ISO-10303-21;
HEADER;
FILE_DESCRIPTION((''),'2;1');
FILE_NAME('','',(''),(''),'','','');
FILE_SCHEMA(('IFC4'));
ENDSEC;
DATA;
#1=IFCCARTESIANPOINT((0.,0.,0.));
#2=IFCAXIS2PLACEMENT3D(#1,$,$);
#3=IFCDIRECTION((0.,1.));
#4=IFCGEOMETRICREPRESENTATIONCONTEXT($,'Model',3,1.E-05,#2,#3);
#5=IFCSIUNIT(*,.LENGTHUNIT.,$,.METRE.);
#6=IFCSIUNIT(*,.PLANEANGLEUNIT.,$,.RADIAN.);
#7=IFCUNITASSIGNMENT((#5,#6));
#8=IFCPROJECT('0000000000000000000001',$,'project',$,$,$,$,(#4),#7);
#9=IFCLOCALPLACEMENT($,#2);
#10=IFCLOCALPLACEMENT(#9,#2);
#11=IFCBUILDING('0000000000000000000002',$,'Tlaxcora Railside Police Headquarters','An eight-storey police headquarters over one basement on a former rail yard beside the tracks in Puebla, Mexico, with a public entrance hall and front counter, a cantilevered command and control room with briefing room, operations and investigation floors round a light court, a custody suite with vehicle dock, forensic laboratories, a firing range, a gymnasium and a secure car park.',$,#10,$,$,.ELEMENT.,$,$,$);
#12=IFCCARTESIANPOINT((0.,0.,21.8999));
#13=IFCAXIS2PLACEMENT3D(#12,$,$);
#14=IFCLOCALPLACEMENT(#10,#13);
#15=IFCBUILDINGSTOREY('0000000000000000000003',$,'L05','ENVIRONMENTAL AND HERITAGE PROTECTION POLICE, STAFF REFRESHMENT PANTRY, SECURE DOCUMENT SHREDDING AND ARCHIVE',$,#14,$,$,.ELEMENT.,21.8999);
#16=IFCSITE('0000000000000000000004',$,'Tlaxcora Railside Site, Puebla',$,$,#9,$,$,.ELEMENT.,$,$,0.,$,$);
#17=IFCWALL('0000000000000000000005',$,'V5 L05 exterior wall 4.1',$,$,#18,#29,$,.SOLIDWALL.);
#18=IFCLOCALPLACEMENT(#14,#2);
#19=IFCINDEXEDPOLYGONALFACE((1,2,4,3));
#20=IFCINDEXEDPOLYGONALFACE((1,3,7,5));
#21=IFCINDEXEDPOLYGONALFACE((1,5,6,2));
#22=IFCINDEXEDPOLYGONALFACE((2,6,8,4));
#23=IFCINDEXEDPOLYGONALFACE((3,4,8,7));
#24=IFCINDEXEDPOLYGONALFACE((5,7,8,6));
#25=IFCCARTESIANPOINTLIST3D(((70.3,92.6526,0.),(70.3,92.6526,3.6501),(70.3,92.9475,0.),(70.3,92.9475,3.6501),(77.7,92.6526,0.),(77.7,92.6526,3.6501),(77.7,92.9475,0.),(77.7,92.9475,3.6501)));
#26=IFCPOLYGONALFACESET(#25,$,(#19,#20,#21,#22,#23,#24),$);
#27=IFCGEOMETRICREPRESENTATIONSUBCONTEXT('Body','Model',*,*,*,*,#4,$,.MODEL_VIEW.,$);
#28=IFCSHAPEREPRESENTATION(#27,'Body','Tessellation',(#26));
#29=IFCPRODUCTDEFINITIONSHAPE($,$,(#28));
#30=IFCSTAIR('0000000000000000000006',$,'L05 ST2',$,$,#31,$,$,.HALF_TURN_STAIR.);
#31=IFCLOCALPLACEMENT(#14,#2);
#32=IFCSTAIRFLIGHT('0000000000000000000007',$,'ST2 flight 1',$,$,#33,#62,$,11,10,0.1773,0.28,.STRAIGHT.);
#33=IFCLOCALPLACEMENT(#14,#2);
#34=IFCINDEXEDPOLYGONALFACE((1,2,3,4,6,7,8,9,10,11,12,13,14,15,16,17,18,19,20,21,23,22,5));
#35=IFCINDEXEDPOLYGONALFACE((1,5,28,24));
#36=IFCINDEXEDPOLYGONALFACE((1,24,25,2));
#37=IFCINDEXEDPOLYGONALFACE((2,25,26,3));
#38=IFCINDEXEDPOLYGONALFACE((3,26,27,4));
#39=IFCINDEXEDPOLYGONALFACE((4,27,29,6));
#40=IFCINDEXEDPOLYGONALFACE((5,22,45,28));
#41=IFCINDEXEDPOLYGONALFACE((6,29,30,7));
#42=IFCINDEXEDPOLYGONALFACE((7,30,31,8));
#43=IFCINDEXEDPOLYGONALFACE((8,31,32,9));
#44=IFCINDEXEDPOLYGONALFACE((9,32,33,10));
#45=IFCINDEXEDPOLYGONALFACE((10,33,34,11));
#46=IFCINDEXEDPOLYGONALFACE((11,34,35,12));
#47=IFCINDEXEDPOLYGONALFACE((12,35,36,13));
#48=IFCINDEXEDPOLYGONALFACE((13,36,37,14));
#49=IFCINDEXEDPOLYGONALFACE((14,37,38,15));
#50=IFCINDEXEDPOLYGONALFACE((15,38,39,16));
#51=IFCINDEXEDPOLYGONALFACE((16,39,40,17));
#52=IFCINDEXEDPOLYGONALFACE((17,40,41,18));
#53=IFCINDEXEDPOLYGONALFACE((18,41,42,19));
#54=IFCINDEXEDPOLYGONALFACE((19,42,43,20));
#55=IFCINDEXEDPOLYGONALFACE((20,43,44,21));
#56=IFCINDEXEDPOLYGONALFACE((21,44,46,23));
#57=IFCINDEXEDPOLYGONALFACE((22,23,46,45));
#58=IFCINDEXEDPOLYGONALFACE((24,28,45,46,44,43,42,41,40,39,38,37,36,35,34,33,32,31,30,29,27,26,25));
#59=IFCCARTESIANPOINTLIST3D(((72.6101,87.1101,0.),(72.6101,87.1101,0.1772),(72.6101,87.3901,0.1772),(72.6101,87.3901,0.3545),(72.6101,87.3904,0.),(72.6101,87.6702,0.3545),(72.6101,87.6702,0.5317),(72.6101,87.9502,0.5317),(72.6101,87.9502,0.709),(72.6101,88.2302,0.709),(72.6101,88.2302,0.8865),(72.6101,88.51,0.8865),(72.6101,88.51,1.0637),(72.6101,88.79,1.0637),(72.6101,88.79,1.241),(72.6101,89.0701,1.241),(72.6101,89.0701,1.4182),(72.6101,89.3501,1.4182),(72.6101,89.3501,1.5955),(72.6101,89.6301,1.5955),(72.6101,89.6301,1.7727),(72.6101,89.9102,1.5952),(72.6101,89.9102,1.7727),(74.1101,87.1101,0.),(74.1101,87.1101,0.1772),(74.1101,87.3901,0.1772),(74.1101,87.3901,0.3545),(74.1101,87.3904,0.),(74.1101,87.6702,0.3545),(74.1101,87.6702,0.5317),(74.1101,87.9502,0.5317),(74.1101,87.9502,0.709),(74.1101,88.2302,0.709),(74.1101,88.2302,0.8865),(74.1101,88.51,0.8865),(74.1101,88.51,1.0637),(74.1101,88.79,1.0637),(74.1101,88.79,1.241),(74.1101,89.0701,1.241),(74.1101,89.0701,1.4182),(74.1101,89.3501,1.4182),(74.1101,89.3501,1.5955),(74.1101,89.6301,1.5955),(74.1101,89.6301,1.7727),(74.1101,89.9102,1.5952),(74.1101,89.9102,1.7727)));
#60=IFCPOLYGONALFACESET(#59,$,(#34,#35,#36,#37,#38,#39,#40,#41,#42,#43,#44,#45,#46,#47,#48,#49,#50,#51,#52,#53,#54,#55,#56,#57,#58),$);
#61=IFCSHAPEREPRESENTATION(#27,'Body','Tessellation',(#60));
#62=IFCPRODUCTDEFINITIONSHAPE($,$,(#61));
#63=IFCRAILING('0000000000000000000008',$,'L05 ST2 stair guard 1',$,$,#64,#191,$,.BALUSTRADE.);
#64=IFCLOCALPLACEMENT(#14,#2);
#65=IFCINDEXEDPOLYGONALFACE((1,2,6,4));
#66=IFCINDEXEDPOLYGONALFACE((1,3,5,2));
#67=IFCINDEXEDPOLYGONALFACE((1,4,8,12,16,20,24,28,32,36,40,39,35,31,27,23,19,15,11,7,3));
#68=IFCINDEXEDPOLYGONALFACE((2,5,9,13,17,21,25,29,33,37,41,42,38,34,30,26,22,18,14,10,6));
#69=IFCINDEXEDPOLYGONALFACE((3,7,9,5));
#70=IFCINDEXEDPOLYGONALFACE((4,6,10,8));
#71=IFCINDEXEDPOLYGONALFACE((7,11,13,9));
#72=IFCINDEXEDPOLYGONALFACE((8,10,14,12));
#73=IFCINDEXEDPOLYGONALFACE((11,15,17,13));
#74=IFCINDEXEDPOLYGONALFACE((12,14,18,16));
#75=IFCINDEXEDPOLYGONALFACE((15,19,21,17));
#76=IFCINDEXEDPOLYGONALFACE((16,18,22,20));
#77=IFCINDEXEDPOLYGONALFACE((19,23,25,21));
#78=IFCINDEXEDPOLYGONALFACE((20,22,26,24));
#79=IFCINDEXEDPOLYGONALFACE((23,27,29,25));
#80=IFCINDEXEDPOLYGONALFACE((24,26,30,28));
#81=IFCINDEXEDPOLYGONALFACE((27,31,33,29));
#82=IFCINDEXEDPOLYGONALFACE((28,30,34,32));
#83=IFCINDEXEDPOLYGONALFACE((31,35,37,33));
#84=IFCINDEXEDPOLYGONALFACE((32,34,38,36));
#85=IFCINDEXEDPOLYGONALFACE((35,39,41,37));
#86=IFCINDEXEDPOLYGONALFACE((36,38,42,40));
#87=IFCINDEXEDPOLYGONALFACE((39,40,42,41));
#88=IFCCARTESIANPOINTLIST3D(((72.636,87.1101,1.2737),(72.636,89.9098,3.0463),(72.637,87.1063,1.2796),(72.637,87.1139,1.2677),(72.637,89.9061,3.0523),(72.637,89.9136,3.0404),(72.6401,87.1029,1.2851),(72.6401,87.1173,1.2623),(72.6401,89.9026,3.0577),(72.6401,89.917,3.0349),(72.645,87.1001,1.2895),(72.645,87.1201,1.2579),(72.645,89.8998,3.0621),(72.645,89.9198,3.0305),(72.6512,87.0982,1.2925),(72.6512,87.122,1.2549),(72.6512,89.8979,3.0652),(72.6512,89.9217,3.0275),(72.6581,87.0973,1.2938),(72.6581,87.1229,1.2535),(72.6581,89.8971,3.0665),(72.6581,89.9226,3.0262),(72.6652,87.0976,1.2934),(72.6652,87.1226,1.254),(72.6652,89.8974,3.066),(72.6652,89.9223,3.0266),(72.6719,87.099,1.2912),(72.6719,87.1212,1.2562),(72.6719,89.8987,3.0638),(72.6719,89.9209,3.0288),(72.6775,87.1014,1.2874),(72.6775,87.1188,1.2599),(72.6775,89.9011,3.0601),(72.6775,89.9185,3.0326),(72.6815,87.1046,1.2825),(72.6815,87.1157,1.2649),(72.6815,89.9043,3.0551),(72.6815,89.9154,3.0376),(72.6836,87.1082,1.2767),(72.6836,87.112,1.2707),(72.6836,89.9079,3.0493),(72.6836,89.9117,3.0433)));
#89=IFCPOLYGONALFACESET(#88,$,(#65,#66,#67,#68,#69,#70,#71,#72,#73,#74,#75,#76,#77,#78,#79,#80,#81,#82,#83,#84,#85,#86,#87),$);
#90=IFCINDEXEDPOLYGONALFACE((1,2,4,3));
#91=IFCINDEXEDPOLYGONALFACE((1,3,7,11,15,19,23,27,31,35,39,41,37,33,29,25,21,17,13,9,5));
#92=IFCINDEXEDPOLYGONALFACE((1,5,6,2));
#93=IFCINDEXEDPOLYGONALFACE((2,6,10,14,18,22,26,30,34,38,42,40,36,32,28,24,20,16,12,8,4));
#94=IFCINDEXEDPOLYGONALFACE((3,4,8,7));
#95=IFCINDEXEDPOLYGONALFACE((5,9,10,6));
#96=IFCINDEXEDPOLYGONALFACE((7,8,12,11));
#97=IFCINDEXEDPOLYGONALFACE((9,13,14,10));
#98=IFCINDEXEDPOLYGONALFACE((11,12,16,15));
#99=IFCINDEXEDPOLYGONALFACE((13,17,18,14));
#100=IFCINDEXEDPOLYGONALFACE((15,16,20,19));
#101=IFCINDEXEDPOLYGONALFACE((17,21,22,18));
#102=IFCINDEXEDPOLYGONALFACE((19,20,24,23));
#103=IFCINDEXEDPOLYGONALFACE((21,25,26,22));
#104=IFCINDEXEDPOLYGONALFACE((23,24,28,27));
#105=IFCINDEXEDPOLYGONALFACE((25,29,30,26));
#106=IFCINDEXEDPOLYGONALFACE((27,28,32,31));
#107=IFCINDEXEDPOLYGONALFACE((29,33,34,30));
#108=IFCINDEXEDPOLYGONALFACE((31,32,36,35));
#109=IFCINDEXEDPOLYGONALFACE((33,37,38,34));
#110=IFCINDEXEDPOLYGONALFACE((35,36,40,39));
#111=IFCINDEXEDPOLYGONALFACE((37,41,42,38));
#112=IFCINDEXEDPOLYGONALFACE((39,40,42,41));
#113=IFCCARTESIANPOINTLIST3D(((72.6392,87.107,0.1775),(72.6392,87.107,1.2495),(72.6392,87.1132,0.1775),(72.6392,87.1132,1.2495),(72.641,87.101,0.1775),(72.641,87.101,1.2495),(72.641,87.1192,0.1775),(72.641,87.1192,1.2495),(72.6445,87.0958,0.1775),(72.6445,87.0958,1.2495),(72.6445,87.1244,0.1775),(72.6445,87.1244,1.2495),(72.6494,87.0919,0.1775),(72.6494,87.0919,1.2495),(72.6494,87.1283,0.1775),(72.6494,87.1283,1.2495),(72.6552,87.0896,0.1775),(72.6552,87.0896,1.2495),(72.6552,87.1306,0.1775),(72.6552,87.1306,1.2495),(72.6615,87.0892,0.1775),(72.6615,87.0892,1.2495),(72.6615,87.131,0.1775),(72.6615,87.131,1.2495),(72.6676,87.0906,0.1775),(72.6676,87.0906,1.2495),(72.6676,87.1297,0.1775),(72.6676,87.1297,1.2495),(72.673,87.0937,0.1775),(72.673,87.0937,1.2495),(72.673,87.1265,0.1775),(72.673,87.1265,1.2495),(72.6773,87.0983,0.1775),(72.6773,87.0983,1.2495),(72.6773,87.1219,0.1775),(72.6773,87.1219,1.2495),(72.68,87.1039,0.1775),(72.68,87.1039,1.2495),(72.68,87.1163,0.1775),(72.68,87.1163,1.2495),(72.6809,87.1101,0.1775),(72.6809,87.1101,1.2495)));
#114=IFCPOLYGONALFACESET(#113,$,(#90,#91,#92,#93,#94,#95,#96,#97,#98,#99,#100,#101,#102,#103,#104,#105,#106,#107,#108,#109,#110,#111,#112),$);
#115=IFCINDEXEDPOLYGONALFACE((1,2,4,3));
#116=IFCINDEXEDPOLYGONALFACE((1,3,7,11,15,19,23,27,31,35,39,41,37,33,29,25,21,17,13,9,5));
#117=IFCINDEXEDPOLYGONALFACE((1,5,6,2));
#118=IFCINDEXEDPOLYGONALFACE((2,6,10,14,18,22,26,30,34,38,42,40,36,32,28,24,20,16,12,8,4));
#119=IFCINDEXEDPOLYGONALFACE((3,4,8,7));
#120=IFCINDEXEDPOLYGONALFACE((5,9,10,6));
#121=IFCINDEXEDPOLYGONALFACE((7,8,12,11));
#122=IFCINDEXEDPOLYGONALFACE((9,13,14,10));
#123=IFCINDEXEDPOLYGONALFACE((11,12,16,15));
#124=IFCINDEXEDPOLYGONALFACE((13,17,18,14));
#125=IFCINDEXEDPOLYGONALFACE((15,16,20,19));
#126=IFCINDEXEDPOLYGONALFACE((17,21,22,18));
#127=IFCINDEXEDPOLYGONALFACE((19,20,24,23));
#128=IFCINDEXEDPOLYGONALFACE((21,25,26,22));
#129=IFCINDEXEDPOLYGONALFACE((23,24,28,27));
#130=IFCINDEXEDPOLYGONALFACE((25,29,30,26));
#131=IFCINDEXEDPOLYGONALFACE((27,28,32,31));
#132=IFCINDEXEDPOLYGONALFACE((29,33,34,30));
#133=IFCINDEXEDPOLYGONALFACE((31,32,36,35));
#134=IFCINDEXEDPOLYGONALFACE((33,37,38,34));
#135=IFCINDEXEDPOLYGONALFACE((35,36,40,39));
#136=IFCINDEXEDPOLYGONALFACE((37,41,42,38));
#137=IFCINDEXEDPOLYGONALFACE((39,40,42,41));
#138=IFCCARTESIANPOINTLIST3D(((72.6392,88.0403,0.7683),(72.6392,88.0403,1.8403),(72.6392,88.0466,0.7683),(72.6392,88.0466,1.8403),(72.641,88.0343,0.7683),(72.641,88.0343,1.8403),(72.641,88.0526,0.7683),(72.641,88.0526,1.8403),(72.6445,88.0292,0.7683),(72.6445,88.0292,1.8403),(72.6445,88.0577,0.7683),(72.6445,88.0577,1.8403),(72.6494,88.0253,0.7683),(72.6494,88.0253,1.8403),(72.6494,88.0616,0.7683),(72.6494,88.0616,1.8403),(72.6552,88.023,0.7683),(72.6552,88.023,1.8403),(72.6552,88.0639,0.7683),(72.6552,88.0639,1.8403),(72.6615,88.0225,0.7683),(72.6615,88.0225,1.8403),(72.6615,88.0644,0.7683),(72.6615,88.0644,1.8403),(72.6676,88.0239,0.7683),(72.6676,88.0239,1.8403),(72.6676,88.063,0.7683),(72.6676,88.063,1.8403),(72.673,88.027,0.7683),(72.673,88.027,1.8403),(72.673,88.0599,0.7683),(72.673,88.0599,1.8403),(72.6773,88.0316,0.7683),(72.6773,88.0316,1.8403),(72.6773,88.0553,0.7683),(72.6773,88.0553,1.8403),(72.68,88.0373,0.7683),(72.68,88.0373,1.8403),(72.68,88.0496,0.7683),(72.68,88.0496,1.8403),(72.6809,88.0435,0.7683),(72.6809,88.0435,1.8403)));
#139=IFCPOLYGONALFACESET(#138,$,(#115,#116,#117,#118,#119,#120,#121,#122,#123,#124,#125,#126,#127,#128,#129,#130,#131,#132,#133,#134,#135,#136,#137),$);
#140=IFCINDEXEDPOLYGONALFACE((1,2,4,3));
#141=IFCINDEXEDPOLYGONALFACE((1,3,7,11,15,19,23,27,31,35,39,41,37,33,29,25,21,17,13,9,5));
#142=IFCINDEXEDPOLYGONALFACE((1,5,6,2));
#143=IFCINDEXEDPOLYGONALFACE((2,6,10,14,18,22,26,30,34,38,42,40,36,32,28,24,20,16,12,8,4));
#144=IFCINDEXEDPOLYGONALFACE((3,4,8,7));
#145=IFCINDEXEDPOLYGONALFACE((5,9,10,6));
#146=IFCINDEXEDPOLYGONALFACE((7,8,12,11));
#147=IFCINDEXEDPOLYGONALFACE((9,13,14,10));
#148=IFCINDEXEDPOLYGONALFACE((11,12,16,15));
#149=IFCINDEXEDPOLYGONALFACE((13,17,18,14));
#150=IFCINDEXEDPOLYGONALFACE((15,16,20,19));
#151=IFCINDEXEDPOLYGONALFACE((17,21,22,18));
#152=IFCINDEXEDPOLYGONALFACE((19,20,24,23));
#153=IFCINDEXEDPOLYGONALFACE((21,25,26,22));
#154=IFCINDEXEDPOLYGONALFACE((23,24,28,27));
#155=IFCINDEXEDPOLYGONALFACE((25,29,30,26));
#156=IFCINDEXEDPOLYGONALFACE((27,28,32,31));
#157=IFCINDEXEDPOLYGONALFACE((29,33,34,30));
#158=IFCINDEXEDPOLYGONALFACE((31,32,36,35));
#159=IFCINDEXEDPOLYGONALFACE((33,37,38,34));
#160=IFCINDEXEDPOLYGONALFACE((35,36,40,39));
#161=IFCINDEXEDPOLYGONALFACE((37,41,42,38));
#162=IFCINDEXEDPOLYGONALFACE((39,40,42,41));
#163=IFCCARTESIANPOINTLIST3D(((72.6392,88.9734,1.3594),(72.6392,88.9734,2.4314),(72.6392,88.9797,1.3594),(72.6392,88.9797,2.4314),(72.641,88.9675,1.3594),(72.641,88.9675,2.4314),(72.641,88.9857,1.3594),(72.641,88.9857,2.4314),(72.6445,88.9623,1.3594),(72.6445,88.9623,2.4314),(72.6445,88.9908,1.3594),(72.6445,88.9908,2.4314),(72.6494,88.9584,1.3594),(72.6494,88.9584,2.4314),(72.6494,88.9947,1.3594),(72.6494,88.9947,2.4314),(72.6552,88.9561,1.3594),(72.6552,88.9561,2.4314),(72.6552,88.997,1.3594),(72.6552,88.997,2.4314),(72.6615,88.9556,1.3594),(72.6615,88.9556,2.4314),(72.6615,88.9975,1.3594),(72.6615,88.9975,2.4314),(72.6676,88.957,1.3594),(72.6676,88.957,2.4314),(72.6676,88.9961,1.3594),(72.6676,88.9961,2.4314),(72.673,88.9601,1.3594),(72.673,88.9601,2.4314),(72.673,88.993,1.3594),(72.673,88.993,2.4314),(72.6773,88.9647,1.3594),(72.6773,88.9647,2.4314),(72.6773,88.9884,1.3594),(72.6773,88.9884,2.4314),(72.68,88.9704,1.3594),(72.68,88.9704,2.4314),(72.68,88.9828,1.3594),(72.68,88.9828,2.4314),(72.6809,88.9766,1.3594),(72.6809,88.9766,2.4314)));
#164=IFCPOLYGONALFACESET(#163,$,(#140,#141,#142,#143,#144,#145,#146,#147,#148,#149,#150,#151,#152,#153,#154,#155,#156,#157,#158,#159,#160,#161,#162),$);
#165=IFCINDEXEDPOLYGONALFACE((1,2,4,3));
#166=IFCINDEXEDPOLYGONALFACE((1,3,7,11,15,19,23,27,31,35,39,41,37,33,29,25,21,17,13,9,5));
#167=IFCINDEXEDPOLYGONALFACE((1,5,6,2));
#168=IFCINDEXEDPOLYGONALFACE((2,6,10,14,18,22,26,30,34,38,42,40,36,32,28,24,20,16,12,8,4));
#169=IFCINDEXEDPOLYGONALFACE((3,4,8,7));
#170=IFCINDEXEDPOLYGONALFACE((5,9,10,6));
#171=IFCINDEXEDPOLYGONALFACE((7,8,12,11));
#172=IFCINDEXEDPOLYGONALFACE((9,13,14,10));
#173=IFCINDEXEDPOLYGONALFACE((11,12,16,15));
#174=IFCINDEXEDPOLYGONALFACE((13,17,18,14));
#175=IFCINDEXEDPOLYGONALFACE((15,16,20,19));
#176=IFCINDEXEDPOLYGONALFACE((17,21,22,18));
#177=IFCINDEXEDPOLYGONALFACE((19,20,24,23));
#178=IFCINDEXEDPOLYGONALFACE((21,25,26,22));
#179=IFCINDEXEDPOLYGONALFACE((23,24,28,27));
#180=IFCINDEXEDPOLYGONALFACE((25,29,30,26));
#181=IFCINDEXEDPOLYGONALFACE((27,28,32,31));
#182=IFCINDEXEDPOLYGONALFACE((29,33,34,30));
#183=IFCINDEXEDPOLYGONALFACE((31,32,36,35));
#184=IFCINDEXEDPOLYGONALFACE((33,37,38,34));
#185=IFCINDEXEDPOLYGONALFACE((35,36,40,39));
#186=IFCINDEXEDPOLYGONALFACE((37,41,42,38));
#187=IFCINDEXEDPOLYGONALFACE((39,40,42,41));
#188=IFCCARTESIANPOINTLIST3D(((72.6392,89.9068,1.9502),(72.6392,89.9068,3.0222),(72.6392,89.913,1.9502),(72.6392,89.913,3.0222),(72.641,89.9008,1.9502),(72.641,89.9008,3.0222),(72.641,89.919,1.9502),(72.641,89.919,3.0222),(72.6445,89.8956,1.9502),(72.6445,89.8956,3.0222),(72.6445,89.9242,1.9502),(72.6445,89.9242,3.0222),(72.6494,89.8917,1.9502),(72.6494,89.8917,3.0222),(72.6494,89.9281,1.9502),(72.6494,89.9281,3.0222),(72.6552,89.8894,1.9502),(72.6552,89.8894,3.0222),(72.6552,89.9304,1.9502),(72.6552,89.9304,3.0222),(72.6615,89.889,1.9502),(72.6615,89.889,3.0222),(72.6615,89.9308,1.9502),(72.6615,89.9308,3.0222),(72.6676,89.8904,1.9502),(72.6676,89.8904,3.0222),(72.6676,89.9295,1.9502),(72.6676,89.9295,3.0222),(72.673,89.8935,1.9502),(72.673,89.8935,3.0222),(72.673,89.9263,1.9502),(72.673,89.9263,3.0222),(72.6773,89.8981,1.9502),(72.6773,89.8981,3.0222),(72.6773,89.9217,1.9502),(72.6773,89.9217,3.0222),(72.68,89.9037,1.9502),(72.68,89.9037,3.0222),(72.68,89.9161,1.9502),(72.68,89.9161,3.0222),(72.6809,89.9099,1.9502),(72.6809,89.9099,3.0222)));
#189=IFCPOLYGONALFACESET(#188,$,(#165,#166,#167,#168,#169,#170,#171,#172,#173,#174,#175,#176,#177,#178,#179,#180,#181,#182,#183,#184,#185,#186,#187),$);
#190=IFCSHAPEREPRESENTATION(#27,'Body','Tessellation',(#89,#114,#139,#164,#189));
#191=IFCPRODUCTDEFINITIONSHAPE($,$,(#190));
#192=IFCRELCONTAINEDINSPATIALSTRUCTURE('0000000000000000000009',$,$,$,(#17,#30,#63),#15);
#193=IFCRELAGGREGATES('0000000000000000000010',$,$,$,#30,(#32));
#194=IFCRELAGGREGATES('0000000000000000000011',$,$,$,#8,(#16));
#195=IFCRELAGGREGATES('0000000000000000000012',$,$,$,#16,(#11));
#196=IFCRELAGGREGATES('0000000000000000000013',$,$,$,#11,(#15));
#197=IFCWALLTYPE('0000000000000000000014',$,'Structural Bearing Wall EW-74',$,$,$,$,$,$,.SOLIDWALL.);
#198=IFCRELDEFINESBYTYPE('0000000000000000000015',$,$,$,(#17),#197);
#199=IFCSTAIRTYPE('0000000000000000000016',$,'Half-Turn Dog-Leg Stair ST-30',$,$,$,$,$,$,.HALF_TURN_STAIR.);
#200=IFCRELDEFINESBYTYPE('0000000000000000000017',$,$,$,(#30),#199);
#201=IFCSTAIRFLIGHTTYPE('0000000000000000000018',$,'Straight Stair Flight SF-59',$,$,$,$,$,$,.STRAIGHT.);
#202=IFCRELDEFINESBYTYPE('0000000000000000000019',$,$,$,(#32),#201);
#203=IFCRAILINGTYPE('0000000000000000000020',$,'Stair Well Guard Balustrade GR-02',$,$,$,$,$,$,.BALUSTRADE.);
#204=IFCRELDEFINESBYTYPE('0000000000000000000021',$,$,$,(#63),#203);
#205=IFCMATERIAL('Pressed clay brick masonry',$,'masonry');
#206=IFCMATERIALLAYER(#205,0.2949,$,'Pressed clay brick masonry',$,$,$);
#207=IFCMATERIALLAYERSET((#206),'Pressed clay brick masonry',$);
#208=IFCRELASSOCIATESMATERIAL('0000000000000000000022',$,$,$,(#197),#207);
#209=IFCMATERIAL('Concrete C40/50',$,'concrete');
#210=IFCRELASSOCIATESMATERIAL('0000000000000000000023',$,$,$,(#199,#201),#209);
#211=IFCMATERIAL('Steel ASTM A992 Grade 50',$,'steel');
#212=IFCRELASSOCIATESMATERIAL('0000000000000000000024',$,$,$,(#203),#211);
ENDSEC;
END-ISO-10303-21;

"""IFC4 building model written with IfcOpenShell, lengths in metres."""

from ifc_helpers import new_model, si_unit, direction, frame, frame_2d, origin, origin_2d, place, context, subcontext, project, spatial, polyline, rectangle, circle, outline, extrude, material, layer, layer_set, type_object, element, aggregate, save


model = new_model("IFC4")

# Units and contexts
model_context = context("Model", 3, precision=1e-05, world=origin(), true_north=direction((0.0, 1.0)))
body_context = subcontext(model_context, "Body", "Model", "MODEL_VIEW")
ifc_project = project(units=[si_unit("LENGTHUNIT", "METRE"), si_unit("PLANEANGLEUNIT", "RADIAN")], contexts=[model_context])

# Site, building, storey
site_placement = place(None, origin())
site = spatial("IfcSite", under=ifc_project, at=site_placement, Name="Tlaxcora Railside Site, Puebla", CompositionType="ELEMENT", RefElevation=0.0)
building_placement = place(site_placement, origin())
building = spatial("IfcBuilding", under=site, at=building_placement, Name="Tlaxcora Railside Police Headquarters", Description="An eight-storey police headquarters over one basement on a former rail yard beside the tracks in Puebla, Mexico, with a public entrance hall and front counter, a cantilevered command and control room with briefing room, operations and investigation floors round a light court, a custody suite with vehicle dock, forensic laboratories, a firing range, a gymnasium and a secure car park.", CompositionType="ELEMENT")
storey_placement = place(building_placement, frame((0.0, 0.0, 21.8999)))
storey = spatial("IfcBuildingStorey", under=building, at=storey_placement, Name="L05", Description="ENVIRONMENTAL AND HERITAGE PROTECTION POLICE, STAFF REFRESHMENT PANTRY, SECURE DOCUMENT SHREDDING AND ARCHIVE", CompositionType="ELEMENT", Elevation=21.8999)

# Shared definitions
ifc_material_1 = material(Name="Concrete C40/50", Category="concrete")

# Shared definitions
ifc_material_2 = material(Name="Steel ASTM A992 Grade 50", Category="steel")

# Shared definitions
ifc_material_3 = material(Name="Pressed clay brick masonry", Category="masonry")

# Wall
ifc_layer_1 = layer(ifc_material_3, 0.2949, Name="Pressed clay brick masonry")
ifc_layer_set_1 = layer_set([ifc_layer_1], Name="Pressed clay brick masonry")
wall_type_1 = type_object("IfcWallType", Name="Structural Bearing Wall EW-74", PredefinedType="SOLIDWALL", material=ifc_layer_set_1)
wall_1_placement = place(storey_placement, frame((77.7, 92.8, 0.0), z_axis=(0.0, 0.0, 1.0), x_axis=(-1.0, 0.0, 0.0)))
element("IfcWall", 1, at=wall_1_placement, inside=storey, type_object=wall_type_1, Name="V5 L05 exterior wall 4.1", PredefinedType="SOLIDWALL", context=body_context, shape_type="SweptSolid", body=[
    extrude(rectangle(XDim=7.3999, YDim=0.2949, at=frame_2d((3.7, 0.0))), origin(), (0.0, 0.0, 1.0), 3.6501),
])

# Stair, stair flight
stair_type = type_object("IfcStairType", Name="Half-Turn Dog-Leg Stair ST-30", PredefinedType="HALF_TURN_STAIR", material=ifc_material_1)
stair_placement = place(storey_placement, origin())
stair = element("IfcStair", 2, at=stair_placement, inside=storey, type_object=stair_type, Name="L05 ST2", PredefinedType="HALF_TURN_STAIR")
stair_flight_type = type_object("IfcStairFlightType", Name="Straight Stair Flight SF-59", PredefinedType="STRAIGHT", material=ifc_material_1)
stair_flight_placement = place(storey_placement, frame((73.3601, 87.1101, 0.0), z_axis=(0.0, 0.0, 1.0), x_axis=(0.0, 1.0, 0.0)))
stair_flight = element("IfcStairFlight", 3, at=stair_flight_placement, type_object=stair_flight_type, Name="ST2 flight 1", NumberOfRisers=11, NumberOfTreads=10, PredefinedType="STRAIGHT", RiserHeight=0.1773, TreadLength=0.28, context=body_context, shape_type="SweptSolid", body=[
    extrude(outline(polyline([(0.0, 0.0), (0.0, 0.1772), (0.28, 0.1772), (0.28, 0.3545), (0.5601, 0.3545), (0.5601, 0.5317), (0.8401, 0.5317), (0.8401, 0.709), (1.1201, 0.709), (1.1201, 0.8865), (1.3999, 0.8865), (1.3999, 1.0637), (1.6799, 1.0637), (1.6799, 1.241), (1.96, 1.241), (1.96, 1.4182), (2.24, 1.4182), (2.24, 1.5955), (2.52, 1.5955), (2.52, 1.7727), (2.8, 1.7727), (2.8, 1.95), (2.8, 1.5952), (0.2803, 0.0), (0.0, 0.0)])), frame((0.0, 0.75, 0.0), z_axis=(0.0, -1.0, 0.0), x_axis=(1.0, 0.0, 0.0)), (0.0, 0.0, 1.0), 1.5),
])
aggregate(stair, [stair_flight])

# Railing
railing_type_1 = type_object("IfcRailingType", Name="Stair Well Guard Balustrade GR-02", PredefinedType="BALUSTRADE", material=ifc_material_2)
railing_1_placement = place(storey_placement, frame((72.6599, 87.1101, 0.1775)))
element("IfcRailing", 4, at=railing_1_placement, inside=storey, type_object=railing_type_1, Name="L05 ST2 stair guard 1", PredefinedType="BALUSTRADE", context=body_context, shape_type="SweptSolid", body=[
    extrude(circle(Radius=0.0239, at=origin_2d()), frame((0.0, 0.0, 1.0962), z_axis=(0.0, 0.844888, 0.534943), x_axis=(-1.0, 0.0, 0.0)), (0.0, 0.0, 1.0), 3.3137),
    extrude(circle(Radius=0.021, at=origin_2d()), origin(), (0.0, 0.0, 1.0), 1.072),
    extrude(circle(Radius=0.021, at=origin_2d()), frame((0.0, 0.9333, 0.5908)), (0.0, 0.0, 1.0), 1.072),
    extrude(circle(Radius=0.021, at=origin_2d()), frame((0.0, 1.8665, 1.1819)), (0.0, 0.0, 1.0), 1.072),
    extrude(circle(Radius=0.021, at=origin_2d()), frame((0.0, 2.7998, 1.7727)), (0.0, 0.0, 1.0), 1.072),
])

save(model, "model.ifc")
